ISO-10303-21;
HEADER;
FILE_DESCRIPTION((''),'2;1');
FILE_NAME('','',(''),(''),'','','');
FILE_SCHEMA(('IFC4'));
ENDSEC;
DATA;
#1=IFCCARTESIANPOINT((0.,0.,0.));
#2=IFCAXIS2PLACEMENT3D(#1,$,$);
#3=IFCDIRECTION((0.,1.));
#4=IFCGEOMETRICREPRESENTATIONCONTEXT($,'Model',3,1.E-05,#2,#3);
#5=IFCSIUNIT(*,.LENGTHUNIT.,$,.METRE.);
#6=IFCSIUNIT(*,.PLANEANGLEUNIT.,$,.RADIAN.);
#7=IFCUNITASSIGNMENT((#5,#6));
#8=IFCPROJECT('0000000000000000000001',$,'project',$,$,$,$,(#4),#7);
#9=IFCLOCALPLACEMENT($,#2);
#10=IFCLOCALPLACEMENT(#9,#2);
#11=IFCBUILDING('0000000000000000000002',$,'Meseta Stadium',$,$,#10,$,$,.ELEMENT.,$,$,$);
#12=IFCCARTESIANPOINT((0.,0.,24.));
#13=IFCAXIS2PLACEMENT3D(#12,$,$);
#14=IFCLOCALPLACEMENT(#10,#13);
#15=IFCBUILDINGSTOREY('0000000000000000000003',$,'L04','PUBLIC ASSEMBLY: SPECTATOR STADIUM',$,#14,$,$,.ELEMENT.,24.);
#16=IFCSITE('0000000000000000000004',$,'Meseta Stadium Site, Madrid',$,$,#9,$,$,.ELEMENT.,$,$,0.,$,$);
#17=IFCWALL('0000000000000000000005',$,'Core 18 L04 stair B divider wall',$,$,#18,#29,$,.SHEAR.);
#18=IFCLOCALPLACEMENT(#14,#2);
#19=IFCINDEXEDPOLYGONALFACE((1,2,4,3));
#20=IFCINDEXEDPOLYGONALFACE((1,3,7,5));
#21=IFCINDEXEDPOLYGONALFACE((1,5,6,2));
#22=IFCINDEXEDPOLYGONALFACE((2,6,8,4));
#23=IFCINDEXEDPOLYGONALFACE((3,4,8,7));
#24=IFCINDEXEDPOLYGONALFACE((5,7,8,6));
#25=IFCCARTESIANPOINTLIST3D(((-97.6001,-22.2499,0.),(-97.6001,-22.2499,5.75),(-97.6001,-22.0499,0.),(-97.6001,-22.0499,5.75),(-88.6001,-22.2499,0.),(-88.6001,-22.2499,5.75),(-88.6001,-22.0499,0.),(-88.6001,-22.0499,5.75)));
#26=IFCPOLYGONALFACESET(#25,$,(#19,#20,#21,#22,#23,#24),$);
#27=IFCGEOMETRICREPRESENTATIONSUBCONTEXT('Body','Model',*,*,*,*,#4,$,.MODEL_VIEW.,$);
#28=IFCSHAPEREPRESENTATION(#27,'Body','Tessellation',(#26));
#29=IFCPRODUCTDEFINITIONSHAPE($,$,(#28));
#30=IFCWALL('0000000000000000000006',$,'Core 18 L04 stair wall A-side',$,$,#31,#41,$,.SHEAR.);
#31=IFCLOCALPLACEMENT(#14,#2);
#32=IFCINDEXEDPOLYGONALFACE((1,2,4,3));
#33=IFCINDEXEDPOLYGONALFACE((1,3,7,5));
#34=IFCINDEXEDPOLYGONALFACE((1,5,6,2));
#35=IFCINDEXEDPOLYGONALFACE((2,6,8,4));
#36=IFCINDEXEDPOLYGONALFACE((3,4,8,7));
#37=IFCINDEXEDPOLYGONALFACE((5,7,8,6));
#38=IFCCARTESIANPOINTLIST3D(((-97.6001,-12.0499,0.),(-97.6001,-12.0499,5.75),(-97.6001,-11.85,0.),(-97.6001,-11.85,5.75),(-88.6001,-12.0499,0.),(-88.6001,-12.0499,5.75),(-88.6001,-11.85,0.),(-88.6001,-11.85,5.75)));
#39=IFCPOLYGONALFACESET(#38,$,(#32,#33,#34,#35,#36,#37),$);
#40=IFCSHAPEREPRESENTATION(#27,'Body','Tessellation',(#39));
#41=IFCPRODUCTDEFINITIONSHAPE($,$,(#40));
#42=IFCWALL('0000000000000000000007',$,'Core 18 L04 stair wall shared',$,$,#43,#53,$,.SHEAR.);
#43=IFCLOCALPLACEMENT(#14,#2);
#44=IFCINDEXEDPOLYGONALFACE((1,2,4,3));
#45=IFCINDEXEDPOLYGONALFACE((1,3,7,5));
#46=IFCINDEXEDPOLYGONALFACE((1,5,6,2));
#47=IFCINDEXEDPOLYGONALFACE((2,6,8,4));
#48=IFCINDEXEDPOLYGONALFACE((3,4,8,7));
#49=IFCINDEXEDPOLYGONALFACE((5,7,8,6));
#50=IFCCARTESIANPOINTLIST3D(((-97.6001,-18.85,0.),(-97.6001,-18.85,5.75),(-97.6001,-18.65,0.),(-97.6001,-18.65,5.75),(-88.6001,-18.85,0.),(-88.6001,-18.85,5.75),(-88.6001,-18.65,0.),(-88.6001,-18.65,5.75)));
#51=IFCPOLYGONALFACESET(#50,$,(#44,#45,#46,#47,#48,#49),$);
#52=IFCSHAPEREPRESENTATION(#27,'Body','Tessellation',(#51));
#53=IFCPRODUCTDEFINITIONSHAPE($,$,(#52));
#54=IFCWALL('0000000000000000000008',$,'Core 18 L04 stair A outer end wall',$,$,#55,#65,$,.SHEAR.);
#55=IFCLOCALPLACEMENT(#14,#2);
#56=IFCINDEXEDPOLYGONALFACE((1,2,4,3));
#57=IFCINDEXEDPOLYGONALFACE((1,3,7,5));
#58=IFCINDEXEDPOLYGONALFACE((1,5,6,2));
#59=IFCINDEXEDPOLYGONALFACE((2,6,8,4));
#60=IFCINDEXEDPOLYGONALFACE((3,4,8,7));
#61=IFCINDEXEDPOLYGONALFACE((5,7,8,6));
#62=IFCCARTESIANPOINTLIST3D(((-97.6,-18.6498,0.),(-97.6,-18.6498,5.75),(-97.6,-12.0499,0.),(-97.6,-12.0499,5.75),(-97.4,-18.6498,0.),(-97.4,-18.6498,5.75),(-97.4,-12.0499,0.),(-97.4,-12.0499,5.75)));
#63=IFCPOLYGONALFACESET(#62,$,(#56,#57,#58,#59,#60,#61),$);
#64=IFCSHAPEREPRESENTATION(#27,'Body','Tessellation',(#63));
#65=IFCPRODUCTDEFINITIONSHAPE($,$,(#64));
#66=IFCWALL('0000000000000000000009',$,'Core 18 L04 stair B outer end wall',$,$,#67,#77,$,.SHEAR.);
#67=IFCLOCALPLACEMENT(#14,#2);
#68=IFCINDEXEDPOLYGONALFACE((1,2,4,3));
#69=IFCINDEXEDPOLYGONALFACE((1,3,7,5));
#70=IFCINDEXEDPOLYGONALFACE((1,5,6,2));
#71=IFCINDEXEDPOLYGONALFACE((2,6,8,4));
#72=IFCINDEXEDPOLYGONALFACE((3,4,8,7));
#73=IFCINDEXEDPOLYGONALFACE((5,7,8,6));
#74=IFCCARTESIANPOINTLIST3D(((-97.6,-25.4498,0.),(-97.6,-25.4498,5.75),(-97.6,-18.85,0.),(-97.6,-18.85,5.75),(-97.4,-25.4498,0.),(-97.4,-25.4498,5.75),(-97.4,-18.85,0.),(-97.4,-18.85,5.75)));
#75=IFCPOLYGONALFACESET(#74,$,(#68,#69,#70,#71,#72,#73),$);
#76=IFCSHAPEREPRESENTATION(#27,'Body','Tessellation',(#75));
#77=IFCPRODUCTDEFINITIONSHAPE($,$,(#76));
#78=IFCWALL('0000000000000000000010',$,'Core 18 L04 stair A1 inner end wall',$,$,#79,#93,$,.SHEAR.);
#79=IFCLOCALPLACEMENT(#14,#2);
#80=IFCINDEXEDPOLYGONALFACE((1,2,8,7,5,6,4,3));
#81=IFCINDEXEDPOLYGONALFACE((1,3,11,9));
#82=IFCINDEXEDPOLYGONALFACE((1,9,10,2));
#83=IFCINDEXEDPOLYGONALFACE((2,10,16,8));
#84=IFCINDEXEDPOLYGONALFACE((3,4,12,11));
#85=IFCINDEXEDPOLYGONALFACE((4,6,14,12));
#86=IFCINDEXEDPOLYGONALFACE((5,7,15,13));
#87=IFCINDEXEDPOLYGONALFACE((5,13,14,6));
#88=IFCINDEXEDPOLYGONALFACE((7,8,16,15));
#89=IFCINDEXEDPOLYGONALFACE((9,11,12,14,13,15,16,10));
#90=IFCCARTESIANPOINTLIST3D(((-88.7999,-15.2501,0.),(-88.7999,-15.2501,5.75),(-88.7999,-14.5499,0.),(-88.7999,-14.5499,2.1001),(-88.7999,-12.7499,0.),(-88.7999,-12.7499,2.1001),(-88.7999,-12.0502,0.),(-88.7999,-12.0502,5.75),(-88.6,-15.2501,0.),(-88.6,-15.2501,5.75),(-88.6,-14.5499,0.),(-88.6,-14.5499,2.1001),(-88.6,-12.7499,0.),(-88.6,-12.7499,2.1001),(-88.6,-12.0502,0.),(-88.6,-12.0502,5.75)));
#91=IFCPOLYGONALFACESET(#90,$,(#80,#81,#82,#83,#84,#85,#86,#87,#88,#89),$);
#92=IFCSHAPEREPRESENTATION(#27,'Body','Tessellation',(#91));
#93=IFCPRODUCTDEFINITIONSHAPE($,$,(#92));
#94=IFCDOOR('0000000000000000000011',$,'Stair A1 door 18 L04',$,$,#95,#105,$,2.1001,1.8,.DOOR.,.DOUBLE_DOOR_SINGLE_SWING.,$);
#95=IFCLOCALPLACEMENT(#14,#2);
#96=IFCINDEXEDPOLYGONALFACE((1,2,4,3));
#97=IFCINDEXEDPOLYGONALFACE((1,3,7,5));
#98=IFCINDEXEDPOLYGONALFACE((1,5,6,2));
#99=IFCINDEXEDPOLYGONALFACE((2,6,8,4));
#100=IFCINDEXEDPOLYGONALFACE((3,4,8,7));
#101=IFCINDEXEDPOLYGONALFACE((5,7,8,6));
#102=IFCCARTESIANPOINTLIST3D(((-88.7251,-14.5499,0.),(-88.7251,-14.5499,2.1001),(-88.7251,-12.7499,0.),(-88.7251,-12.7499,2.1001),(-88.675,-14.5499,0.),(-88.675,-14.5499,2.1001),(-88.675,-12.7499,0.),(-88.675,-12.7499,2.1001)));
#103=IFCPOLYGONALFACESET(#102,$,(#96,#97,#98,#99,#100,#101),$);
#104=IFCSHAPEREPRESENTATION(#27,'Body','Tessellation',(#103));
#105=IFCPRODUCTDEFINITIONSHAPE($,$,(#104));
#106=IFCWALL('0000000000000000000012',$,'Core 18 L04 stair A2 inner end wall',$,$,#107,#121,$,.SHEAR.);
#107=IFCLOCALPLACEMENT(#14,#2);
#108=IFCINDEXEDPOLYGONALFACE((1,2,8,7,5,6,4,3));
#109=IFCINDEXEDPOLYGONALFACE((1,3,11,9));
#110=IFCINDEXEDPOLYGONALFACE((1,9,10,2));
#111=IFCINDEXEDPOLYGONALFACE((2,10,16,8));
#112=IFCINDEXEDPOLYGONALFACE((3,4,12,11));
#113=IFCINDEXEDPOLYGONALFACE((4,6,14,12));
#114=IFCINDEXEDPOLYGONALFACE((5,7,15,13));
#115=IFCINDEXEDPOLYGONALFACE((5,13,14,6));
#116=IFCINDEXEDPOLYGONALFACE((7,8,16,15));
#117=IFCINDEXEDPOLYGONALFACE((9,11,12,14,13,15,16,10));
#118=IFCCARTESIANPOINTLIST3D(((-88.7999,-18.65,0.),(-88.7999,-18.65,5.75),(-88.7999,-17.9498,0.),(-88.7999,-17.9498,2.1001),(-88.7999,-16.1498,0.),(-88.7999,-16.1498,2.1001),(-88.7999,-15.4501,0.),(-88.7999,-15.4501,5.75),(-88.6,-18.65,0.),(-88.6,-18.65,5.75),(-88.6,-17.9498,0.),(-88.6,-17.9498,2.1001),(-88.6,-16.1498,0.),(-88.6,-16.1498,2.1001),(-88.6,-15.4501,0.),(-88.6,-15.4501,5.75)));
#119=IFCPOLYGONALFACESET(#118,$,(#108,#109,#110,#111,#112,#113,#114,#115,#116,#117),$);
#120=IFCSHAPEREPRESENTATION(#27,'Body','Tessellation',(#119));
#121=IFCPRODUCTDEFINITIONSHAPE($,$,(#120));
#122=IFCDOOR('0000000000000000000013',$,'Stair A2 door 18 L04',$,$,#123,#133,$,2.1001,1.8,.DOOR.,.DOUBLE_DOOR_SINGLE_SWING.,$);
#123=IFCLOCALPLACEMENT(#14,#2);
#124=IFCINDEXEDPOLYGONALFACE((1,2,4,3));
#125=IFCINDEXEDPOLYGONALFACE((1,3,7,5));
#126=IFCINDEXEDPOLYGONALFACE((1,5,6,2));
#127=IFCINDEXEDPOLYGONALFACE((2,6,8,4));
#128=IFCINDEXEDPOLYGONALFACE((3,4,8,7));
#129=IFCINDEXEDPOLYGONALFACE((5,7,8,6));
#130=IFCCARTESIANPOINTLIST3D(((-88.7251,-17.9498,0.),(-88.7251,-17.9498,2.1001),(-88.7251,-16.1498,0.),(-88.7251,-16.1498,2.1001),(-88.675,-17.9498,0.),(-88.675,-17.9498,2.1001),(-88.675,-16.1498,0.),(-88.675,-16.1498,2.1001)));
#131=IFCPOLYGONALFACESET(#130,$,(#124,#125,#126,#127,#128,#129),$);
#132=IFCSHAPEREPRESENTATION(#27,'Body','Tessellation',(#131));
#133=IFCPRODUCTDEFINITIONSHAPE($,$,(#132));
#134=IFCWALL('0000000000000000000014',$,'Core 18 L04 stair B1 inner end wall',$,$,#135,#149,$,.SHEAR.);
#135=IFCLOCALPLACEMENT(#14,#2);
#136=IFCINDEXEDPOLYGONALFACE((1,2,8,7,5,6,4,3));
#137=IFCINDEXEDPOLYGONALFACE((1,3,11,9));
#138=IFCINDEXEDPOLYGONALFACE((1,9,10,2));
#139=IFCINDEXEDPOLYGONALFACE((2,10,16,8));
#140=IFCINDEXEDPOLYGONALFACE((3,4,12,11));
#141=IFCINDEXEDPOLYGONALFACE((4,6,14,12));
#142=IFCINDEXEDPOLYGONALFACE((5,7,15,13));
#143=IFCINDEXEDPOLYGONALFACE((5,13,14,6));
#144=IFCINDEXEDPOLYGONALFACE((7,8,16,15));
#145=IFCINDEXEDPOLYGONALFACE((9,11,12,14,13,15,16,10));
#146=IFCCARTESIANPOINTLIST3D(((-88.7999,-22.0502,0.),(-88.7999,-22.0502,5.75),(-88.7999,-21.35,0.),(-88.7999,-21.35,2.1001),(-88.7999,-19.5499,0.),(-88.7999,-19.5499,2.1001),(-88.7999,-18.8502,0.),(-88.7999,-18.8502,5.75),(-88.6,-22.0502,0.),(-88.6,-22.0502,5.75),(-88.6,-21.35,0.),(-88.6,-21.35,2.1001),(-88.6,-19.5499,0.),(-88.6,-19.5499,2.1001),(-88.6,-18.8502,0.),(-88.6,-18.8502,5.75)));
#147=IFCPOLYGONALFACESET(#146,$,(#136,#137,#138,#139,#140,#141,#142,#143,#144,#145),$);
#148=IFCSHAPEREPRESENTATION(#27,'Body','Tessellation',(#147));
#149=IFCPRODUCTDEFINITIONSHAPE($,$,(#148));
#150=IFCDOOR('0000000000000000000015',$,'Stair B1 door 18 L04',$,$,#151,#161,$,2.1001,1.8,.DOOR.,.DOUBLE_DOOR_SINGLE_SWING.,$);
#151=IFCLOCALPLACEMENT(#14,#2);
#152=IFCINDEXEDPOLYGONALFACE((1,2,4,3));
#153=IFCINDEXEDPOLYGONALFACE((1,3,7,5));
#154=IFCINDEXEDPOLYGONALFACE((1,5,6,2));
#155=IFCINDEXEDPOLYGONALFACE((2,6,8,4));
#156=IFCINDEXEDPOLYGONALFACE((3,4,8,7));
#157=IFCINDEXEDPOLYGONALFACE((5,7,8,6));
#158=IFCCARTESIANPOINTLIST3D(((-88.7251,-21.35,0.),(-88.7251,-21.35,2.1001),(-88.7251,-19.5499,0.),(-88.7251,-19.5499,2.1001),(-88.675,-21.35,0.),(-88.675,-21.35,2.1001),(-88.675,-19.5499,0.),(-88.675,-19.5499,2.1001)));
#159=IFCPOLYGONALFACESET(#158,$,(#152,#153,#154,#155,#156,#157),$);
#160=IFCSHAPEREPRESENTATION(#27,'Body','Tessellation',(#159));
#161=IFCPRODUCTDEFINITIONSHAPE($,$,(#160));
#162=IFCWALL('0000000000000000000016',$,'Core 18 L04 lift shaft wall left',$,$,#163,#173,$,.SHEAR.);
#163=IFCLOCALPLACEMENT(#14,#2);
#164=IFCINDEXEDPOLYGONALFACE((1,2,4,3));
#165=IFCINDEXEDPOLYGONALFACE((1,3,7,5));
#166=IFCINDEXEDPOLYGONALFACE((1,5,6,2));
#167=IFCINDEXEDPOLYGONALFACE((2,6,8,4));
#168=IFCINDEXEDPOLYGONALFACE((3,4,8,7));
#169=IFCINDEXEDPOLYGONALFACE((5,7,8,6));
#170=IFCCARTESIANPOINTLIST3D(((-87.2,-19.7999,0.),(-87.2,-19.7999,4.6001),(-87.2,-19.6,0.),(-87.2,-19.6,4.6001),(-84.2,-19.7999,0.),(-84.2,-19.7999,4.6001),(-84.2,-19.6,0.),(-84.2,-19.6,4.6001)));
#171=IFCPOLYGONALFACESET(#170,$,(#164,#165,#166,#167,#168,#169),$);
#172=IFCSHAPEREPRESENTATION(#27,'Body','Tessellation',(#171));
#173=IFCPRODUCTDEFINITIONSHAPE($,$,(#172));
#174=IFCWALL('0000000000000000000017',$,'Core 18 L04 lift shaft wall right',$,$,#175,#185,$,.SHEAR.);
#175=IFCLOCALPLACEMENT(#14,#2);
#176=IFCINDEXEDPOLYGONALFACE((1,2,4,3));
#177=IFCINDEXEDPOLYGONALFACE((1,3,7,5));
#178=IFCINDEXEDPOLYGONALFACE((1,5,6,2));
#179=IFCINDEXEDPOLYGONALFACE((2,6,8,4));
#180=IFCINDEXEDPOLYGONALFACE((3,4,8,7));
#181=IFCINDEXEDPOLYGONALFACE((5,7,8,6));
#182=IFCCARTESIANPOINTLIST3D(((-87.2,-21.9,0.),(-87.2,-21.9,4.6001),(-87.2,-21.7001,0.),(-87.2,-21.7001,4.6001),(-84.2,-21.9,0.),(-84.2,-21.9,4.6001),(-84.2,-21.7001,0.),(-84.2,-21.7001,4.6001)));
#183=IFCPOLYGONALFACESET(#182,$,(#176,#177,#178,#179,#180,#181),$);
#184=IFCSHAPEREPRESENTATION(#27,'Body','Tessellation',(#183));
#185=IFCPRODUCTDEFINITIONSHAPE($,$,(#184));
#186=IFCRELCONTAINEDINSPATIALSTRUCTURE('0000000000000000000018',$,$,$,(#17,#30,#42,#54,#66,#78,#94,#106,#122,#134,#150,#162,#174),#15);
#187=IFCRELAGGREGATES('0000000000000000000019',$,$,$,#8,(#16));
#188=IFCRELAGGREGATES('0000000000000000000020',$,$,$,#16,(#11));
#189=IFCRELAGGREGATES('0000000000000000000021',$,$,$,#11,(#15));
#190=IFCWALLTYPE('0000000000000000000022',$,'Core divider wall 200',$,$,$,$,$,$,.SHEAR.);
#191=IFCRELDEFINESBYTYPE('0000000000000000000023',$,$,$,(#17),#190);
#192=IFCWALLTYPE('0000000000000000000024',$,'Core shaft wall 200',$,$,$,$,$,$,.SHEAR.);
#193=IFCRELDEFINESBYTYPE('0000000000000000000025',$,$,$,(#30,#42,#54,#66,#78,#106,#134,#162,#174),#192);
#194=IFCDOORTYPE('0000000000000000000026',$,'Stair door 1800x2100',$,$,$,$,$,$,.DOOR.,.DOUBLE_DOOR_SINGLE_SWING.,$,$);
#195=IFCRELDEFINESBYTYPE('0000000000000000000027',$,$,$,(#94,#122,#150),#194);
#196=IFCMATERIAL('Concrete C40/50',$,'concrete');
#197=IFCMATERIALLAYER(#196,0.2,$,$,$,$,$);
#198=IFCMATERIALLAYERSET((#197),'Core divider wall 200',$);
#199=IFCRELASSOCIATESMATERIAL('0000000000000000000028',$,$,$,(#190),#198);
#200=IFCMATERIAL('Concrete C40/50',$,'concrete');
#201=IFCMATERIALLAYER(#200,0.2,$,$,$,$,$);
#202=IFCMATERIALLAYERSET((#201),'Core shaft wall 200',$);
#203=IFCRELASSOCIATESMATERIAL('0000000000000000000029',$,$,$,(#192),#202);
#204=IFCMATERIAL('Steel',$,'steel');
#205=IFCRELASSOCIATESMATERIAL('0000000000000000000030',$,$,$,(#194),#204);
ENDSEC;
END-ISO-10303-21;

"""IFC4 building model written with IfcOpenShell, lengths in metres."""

from ifc_helpers import new_model, si_unit, direction, frame, frame_2d, origin, place, context, subcontext, project, spatial, rectangle, extrude, material, layer, layer_set, type_object, element, fill, save


model = new_model("IFC4")

# Units and contexts
model_context = context("Model", 3, precision=1e-05, world=origin(), true_north=direction((0.0, 1.0)))
body_context = subcontext(model_context, "Body", "Model", "MODEL_VIEW")
ifc_project = project(units=[si_unit("LENGTHUNIT", "METRE"), si_unit("PLANEANGLEUNIT", "RADIAN")], contexts=[model_context])

# Site, building, storey
site_placement = place(None, origin())
site = spatial("IfcSite", under=ifc_project, at=site_placement, Name="Meseta Stadium Site, Madrid", CompositionType="ELEMENT", RefElevation=0.0)
building_placement = place(site_placement, origin())
building = spatial("IfcBuilding", under=site, at=building_placement, Name="Meseta Stadium", CompositionType="ELEMENT")
storey_placement = place(building_placement, frame((0.0, 0.0, 24.0)))
storey = spatial("IfcBuildingStorey", under=building, at=storey_placement, Name="L04", Description="PUBLIC ASSEMBLY: SPECTATOR STADIUM", CompositionType="ELEMENT", Elevation=24.0)

# Walls
ifc_material_1 = material(Name="Concrete C40/50", Category="concrete")
ifc_layer_1 = layer(ifc_material_1, 0.2)
ifc_layer_set_1 = layer_set([ifc_layer_1], Name="Core divider wall 200")
wall_type_1 = type_object("IfcWallType", Name="Core divider wall 200", PredefinedType="SHEAR", material=ifc_layer_set_1)
for number, where, z_axis, x_axis, name in (
    (1, (-97.6001, -22.1499, 0.0), (0.0, 0.0, 1.0), (1.0, 0.0, 0.0), "Core 18 L04 stair B divider wall"),
):
    element("IfcWall", number, at=place(storey_placement, frame(where, z_axis=z_axis, x_axis=x_axis)), inside=storey, type_object=wall_type_1, Name=name, PredefinedType="SHEAR", context=body_context, shape_type="SweptSolid", body=[
        extrude(rectangle(XDim=9.0, YDim=0.2, at=frame_2d((4.5, 0.0))), origin(), (0.0, 0.0, 1.0), 5.75),
    ])
ifc_material_2 = material(Name="Concrete C40/50", Category="concrete")
ifc_layer_2 = layer(ifc_material_2, 0.2)
ifc_layer_set_2 = layer_set([ifc_layer_2], Name="Core shaft wall 200")
wall_type_2 = type_object("IfcWallType", Name="Core shaft wall 200", PredefinedType="SHEAR", material=ifc_layer_set_2)
for number, where, z_axis, x_axis, name in (
    (2, (-97.6001, -11.95, 0.0), (0.0, 0.0, 1.0), (1.0, 0.0, 0.0), "Core 18 L04 stair wall A-side"),
    (3, (-97.6001, -18.75, 0.0), (0.0, 0.0, 1.0), (1.0, 0.0, 0.0), "Core 18 L04 stair wall shared"),
):
    element("IfcWall", number, at=place(storey_placement, frame(where, z_axis=z_axis, x_axis=x_axis)), inside=storey, type_object=wall_type_2, Name=name, PredefinedType="SHEAR", context=body_context, shape_type="SweptSolid", body=[
        extrude(rectangle(XDim=9.0, YDim=0.2, at=frame_2d((4.5, 0.0))), origin(), (0.0, 0.0, 1.0), 5.75),
    ])
for number, where, z_axis, x_axis, name in (
    (4, (-97.5, -12.05, 0.0), (0.0, 0.0, 1.0), (0.0, -1.0, 0.0), "Core 18 L04 stair A outer end wall"),
    (5, (-97.5, -18.8501, 0.0), (0.0, 0.0, 1.0), (0.0, -1.0, 0.0), "Core 18 L04 stair B outer end wall"),
):
    element("IfcWall", number, at=place(storey_placement, frame(where, z_axis=z_axis, x_axis=x_axis)), inside=storey, type_object=wall_type_2, Name=name, PredefinedType="SHEAR", context=body_context, shape_type="SweptSolid", body=[
        extrude(rectangle(XDim=6.5999, YDim=0.2, at=frame_2d((3.2998, 0.0))), origin(), (0.0, 0.0, 1.0), 5.75),
    ])

# Walls, openings, doors
wall_1_placement = place(storey_placement, frame((-88.7, -12.05, 0.0), z_axis=(0.0, 0.0, 1.0), x_axis=(0.0, -1.0, 0.0)))
wall_1 = element("IfcWall", 6, at=wall_1_placement, inside=storey, type_object=wall_type_2, Name="Core 18 L04 stair A1 inner end wall", PredefinedType="SHEAR", context=body_context, shape_type="SweptSolid", body=[
    extrude(rectangle(XDim=3.2, YDim=0.2, at=frame_2d((1.6001, 0.0))), origin(), (0.0, 0.0, 1.0), 5.75),
])
opening_1_placement = place(wall_1_placement, frame((0.7, 0.0, 0.0)))
opening_1 = element("IfcOpeningElement", 7, at=opening_1_placement, cuts=wall_1, PredefinedType="OPENING", context=body_context, shape_type="SweptSolid", body=[
    extrude(rectangle(XDim=1.8, YDim=2.1001, at=frame_2d((0.8999, 1.05))), frame((0.0, 0.1099, 0.0), z_axis=(0.0, -1.0, 0.0), x_axis=(1.0, 0.0, 0.0)), (0.0, 0.0, 1.0), 0.22),
])
ifc_material_3 = material(Name="Steel", Category="steel")
door_type = type_object("IfcDoorType", Name="Stair door 1800x2100", OperationType="DOUBLE_DOOR_SINGLE_SWING", PredefinedType="DOOR", material=ifc_material_3)
door_1_placement = place(opening_1_placement, origin())
door_1 = element("IfcDoor", 8, at=door_1_placement, inside=storey, type_object=door_type, Name="Stair A1 door 18 L04", OperationType="DOUBLE_DOOR_SINGLE_SWING", OverallHeight=2.1001, OverallWidth=1.8, PredefinedType="DOOR", context=body_context, shape_type="SweptSolid", body=[
    extrude(rectangle(XDim=1.8, YDim=2.1001, at=frame_2d((0.8999, 1.05))), frame((0.0, 0.0249, 0.0), z_axis=(0.0, -1.0, 0.0), x_axis=(1.0, 0.0, 0.0)), (0.0, 0.0, 1.0), 0.05),
])
fill(opening_1, door_1)
wall_2_placement = place(storey_placement, frame((-88.7, -15.45, 0.0), z_axis=(0.0, 0.0, 1.0), x_axis=(0.0, -1.0, 0.0)))
wall_2 = element("IfcWall", 9, at=wall_2_placement, inside=storey, type_object=wall_type_2, Name="Core 18 L04 stair A2 inner end wall", PredefinedType="SHEAR", context=body_context, shape_type="SweptSolid", body=[
    extrude(rectangle(XDim=3.2, YDim=0.2, at=frame_2d((1.6001, 0.0))), origin(), (0.0, 0.0, 1.0), 5.75),
])
opening_2_placement = place(wall_2_placement, frame((0.7, 0.0, 0.0)))
opening_2 = element("IfcOpeningElement", 10, at=opening_2_placement, cuts=wall_2, PredefinedType="OPENING", context=body_context, shape_type="SweptSolid", body=[
    extrude(rectangle(XDim=1.8, YDim=2.1001, at=frame_2d((0.8999, 1.05))), frame((0.0, 0.1099, 0.0), z_axis=(0.0, -1.0, 0.0), x_axis=(1.0, 0.0, 0.0)), (0.0, 0.0, 1.0), 0.22),
])
door_2_placement = place(opening_2_placement, origin())
door_2 = element("IfcDoor", 11, at=door_2_placement, inside=storey, type_object=door_type, Name="Stair A2 door 18 L04", OperationType="DOUBLE_DOOR_SINGLE_SWING", OverallHeight=2.1001, OverallWidth=1.8, PredefinedType="DOOR", context=body_context, shape_type="SweptSolid", body=[
    extrude(rectangle(XDim=1.8, YDim=2.1001, at=frame_2d((0.8999, 1.05))), frame((0.0, 0.0249, 0.0), z_axis=(0.0, -1.0, 0.0), x_axis=(1.0, 0.0, 0.0)), (0.0, 0.0, 1.0), 0.05),
])
fill(opening_2, door_2)
wall_3_placement = place(storey_placement, frame((-88.7, -18.8501, 0.0), z_axis=(0.0, 0.0, 1.0), x_axis=(0.0, -1.0, 0.0)))
wall_3 = element("IfcWall", 12, at=wall_3_placement, inside=storey, type_object=wall_type_2, Name="Core 18 L04 stair B1 inner end wall", PredefinedType="SHEAR", context=body_context, shape_type="SweptSolid", body=[
    extrude(rectangle(XDim=3.2, YDim=0.2, at=frame_2d((1.6001, 0.0))), origin(), (0.0, 0.0, 1.0), 5.75),
])
opening_3_placement = place(wall_3_placement, frame((0.7, 0.0, 0.0)))
opening_3 = element("IfcOpeningElement", 13, at=opening_3_placement, cuts=wall_3, PredefinedType="OPENING", context=body_context, shape_type="SweptSolid", body=[
    extrude(rectangle(XDim=1.8, YDim=2.1001, at=frame_2d((0.8999, 1.05))), frame((0.0, 0.1099, 0.0), z_axis=(0.0, -1.0, 0.0), x_axis=(1.0, 0.0, 0.0)), (0.0, 0.0, 1.0), 0.22),
])
door_3_placement = place(opening_3_placement, origin())
door_3 = element("IfcDoor", 14, at=door_3_placement, inside=storey, type_object=door_type, Name="Stair B1 door 18 L04", OperationType="DOUBLE_DOOR_SINGLE_SWING", OverallHeight=2.1001, OverallWidth=1.8, PredefinedType="DOOR", context=body_context, shape_type="SweptSolid", body=[
    extrude(rectangle(XDim=1.8, YDim=2.1001, at=frame_2d((0.8999, 1.05))), frame((0.0, 0.0249, 0.0), z_axis=(0.0, -1.0, 0.0), x_axis=(1.0, 0.0, 0.0)), (0.0, 0.0, 1.0), 0.05),
])
fill(opening_3, door_3)

# Walls
for number, where, z_axis, x_axis, name in (
    (15, (-87.2, -19.7, 0.0), (0.0, 0.0, 1.0), (1.0, 0.0, 0.0), "Core 18 L04 lift shaft wall left"),
    (16, (-87.2, -21.8, 0.0), (0.0, 0.0, 1.0), (1.0, 0.0, 0.0), "Core 18 L04 lift shaft wall right"),
):
    element("IfcWall", number, at=place(storey_placement, frame(where, z_axis=z_axis, x_axis=x_axis)), inside=storey, type_object=wall_type_2, Name=name, PredefinedType="SHEAR", context=body_context, shape_type="SweptSolid", body=[
        extrude(rectangle(XDim=3.0, YDim=0.2, at=frame_2d((1.5, 0.0))), origin(), (0.0, 0.0, 1.0), 4.6001),
    ])

save(model, "model.ifc")
